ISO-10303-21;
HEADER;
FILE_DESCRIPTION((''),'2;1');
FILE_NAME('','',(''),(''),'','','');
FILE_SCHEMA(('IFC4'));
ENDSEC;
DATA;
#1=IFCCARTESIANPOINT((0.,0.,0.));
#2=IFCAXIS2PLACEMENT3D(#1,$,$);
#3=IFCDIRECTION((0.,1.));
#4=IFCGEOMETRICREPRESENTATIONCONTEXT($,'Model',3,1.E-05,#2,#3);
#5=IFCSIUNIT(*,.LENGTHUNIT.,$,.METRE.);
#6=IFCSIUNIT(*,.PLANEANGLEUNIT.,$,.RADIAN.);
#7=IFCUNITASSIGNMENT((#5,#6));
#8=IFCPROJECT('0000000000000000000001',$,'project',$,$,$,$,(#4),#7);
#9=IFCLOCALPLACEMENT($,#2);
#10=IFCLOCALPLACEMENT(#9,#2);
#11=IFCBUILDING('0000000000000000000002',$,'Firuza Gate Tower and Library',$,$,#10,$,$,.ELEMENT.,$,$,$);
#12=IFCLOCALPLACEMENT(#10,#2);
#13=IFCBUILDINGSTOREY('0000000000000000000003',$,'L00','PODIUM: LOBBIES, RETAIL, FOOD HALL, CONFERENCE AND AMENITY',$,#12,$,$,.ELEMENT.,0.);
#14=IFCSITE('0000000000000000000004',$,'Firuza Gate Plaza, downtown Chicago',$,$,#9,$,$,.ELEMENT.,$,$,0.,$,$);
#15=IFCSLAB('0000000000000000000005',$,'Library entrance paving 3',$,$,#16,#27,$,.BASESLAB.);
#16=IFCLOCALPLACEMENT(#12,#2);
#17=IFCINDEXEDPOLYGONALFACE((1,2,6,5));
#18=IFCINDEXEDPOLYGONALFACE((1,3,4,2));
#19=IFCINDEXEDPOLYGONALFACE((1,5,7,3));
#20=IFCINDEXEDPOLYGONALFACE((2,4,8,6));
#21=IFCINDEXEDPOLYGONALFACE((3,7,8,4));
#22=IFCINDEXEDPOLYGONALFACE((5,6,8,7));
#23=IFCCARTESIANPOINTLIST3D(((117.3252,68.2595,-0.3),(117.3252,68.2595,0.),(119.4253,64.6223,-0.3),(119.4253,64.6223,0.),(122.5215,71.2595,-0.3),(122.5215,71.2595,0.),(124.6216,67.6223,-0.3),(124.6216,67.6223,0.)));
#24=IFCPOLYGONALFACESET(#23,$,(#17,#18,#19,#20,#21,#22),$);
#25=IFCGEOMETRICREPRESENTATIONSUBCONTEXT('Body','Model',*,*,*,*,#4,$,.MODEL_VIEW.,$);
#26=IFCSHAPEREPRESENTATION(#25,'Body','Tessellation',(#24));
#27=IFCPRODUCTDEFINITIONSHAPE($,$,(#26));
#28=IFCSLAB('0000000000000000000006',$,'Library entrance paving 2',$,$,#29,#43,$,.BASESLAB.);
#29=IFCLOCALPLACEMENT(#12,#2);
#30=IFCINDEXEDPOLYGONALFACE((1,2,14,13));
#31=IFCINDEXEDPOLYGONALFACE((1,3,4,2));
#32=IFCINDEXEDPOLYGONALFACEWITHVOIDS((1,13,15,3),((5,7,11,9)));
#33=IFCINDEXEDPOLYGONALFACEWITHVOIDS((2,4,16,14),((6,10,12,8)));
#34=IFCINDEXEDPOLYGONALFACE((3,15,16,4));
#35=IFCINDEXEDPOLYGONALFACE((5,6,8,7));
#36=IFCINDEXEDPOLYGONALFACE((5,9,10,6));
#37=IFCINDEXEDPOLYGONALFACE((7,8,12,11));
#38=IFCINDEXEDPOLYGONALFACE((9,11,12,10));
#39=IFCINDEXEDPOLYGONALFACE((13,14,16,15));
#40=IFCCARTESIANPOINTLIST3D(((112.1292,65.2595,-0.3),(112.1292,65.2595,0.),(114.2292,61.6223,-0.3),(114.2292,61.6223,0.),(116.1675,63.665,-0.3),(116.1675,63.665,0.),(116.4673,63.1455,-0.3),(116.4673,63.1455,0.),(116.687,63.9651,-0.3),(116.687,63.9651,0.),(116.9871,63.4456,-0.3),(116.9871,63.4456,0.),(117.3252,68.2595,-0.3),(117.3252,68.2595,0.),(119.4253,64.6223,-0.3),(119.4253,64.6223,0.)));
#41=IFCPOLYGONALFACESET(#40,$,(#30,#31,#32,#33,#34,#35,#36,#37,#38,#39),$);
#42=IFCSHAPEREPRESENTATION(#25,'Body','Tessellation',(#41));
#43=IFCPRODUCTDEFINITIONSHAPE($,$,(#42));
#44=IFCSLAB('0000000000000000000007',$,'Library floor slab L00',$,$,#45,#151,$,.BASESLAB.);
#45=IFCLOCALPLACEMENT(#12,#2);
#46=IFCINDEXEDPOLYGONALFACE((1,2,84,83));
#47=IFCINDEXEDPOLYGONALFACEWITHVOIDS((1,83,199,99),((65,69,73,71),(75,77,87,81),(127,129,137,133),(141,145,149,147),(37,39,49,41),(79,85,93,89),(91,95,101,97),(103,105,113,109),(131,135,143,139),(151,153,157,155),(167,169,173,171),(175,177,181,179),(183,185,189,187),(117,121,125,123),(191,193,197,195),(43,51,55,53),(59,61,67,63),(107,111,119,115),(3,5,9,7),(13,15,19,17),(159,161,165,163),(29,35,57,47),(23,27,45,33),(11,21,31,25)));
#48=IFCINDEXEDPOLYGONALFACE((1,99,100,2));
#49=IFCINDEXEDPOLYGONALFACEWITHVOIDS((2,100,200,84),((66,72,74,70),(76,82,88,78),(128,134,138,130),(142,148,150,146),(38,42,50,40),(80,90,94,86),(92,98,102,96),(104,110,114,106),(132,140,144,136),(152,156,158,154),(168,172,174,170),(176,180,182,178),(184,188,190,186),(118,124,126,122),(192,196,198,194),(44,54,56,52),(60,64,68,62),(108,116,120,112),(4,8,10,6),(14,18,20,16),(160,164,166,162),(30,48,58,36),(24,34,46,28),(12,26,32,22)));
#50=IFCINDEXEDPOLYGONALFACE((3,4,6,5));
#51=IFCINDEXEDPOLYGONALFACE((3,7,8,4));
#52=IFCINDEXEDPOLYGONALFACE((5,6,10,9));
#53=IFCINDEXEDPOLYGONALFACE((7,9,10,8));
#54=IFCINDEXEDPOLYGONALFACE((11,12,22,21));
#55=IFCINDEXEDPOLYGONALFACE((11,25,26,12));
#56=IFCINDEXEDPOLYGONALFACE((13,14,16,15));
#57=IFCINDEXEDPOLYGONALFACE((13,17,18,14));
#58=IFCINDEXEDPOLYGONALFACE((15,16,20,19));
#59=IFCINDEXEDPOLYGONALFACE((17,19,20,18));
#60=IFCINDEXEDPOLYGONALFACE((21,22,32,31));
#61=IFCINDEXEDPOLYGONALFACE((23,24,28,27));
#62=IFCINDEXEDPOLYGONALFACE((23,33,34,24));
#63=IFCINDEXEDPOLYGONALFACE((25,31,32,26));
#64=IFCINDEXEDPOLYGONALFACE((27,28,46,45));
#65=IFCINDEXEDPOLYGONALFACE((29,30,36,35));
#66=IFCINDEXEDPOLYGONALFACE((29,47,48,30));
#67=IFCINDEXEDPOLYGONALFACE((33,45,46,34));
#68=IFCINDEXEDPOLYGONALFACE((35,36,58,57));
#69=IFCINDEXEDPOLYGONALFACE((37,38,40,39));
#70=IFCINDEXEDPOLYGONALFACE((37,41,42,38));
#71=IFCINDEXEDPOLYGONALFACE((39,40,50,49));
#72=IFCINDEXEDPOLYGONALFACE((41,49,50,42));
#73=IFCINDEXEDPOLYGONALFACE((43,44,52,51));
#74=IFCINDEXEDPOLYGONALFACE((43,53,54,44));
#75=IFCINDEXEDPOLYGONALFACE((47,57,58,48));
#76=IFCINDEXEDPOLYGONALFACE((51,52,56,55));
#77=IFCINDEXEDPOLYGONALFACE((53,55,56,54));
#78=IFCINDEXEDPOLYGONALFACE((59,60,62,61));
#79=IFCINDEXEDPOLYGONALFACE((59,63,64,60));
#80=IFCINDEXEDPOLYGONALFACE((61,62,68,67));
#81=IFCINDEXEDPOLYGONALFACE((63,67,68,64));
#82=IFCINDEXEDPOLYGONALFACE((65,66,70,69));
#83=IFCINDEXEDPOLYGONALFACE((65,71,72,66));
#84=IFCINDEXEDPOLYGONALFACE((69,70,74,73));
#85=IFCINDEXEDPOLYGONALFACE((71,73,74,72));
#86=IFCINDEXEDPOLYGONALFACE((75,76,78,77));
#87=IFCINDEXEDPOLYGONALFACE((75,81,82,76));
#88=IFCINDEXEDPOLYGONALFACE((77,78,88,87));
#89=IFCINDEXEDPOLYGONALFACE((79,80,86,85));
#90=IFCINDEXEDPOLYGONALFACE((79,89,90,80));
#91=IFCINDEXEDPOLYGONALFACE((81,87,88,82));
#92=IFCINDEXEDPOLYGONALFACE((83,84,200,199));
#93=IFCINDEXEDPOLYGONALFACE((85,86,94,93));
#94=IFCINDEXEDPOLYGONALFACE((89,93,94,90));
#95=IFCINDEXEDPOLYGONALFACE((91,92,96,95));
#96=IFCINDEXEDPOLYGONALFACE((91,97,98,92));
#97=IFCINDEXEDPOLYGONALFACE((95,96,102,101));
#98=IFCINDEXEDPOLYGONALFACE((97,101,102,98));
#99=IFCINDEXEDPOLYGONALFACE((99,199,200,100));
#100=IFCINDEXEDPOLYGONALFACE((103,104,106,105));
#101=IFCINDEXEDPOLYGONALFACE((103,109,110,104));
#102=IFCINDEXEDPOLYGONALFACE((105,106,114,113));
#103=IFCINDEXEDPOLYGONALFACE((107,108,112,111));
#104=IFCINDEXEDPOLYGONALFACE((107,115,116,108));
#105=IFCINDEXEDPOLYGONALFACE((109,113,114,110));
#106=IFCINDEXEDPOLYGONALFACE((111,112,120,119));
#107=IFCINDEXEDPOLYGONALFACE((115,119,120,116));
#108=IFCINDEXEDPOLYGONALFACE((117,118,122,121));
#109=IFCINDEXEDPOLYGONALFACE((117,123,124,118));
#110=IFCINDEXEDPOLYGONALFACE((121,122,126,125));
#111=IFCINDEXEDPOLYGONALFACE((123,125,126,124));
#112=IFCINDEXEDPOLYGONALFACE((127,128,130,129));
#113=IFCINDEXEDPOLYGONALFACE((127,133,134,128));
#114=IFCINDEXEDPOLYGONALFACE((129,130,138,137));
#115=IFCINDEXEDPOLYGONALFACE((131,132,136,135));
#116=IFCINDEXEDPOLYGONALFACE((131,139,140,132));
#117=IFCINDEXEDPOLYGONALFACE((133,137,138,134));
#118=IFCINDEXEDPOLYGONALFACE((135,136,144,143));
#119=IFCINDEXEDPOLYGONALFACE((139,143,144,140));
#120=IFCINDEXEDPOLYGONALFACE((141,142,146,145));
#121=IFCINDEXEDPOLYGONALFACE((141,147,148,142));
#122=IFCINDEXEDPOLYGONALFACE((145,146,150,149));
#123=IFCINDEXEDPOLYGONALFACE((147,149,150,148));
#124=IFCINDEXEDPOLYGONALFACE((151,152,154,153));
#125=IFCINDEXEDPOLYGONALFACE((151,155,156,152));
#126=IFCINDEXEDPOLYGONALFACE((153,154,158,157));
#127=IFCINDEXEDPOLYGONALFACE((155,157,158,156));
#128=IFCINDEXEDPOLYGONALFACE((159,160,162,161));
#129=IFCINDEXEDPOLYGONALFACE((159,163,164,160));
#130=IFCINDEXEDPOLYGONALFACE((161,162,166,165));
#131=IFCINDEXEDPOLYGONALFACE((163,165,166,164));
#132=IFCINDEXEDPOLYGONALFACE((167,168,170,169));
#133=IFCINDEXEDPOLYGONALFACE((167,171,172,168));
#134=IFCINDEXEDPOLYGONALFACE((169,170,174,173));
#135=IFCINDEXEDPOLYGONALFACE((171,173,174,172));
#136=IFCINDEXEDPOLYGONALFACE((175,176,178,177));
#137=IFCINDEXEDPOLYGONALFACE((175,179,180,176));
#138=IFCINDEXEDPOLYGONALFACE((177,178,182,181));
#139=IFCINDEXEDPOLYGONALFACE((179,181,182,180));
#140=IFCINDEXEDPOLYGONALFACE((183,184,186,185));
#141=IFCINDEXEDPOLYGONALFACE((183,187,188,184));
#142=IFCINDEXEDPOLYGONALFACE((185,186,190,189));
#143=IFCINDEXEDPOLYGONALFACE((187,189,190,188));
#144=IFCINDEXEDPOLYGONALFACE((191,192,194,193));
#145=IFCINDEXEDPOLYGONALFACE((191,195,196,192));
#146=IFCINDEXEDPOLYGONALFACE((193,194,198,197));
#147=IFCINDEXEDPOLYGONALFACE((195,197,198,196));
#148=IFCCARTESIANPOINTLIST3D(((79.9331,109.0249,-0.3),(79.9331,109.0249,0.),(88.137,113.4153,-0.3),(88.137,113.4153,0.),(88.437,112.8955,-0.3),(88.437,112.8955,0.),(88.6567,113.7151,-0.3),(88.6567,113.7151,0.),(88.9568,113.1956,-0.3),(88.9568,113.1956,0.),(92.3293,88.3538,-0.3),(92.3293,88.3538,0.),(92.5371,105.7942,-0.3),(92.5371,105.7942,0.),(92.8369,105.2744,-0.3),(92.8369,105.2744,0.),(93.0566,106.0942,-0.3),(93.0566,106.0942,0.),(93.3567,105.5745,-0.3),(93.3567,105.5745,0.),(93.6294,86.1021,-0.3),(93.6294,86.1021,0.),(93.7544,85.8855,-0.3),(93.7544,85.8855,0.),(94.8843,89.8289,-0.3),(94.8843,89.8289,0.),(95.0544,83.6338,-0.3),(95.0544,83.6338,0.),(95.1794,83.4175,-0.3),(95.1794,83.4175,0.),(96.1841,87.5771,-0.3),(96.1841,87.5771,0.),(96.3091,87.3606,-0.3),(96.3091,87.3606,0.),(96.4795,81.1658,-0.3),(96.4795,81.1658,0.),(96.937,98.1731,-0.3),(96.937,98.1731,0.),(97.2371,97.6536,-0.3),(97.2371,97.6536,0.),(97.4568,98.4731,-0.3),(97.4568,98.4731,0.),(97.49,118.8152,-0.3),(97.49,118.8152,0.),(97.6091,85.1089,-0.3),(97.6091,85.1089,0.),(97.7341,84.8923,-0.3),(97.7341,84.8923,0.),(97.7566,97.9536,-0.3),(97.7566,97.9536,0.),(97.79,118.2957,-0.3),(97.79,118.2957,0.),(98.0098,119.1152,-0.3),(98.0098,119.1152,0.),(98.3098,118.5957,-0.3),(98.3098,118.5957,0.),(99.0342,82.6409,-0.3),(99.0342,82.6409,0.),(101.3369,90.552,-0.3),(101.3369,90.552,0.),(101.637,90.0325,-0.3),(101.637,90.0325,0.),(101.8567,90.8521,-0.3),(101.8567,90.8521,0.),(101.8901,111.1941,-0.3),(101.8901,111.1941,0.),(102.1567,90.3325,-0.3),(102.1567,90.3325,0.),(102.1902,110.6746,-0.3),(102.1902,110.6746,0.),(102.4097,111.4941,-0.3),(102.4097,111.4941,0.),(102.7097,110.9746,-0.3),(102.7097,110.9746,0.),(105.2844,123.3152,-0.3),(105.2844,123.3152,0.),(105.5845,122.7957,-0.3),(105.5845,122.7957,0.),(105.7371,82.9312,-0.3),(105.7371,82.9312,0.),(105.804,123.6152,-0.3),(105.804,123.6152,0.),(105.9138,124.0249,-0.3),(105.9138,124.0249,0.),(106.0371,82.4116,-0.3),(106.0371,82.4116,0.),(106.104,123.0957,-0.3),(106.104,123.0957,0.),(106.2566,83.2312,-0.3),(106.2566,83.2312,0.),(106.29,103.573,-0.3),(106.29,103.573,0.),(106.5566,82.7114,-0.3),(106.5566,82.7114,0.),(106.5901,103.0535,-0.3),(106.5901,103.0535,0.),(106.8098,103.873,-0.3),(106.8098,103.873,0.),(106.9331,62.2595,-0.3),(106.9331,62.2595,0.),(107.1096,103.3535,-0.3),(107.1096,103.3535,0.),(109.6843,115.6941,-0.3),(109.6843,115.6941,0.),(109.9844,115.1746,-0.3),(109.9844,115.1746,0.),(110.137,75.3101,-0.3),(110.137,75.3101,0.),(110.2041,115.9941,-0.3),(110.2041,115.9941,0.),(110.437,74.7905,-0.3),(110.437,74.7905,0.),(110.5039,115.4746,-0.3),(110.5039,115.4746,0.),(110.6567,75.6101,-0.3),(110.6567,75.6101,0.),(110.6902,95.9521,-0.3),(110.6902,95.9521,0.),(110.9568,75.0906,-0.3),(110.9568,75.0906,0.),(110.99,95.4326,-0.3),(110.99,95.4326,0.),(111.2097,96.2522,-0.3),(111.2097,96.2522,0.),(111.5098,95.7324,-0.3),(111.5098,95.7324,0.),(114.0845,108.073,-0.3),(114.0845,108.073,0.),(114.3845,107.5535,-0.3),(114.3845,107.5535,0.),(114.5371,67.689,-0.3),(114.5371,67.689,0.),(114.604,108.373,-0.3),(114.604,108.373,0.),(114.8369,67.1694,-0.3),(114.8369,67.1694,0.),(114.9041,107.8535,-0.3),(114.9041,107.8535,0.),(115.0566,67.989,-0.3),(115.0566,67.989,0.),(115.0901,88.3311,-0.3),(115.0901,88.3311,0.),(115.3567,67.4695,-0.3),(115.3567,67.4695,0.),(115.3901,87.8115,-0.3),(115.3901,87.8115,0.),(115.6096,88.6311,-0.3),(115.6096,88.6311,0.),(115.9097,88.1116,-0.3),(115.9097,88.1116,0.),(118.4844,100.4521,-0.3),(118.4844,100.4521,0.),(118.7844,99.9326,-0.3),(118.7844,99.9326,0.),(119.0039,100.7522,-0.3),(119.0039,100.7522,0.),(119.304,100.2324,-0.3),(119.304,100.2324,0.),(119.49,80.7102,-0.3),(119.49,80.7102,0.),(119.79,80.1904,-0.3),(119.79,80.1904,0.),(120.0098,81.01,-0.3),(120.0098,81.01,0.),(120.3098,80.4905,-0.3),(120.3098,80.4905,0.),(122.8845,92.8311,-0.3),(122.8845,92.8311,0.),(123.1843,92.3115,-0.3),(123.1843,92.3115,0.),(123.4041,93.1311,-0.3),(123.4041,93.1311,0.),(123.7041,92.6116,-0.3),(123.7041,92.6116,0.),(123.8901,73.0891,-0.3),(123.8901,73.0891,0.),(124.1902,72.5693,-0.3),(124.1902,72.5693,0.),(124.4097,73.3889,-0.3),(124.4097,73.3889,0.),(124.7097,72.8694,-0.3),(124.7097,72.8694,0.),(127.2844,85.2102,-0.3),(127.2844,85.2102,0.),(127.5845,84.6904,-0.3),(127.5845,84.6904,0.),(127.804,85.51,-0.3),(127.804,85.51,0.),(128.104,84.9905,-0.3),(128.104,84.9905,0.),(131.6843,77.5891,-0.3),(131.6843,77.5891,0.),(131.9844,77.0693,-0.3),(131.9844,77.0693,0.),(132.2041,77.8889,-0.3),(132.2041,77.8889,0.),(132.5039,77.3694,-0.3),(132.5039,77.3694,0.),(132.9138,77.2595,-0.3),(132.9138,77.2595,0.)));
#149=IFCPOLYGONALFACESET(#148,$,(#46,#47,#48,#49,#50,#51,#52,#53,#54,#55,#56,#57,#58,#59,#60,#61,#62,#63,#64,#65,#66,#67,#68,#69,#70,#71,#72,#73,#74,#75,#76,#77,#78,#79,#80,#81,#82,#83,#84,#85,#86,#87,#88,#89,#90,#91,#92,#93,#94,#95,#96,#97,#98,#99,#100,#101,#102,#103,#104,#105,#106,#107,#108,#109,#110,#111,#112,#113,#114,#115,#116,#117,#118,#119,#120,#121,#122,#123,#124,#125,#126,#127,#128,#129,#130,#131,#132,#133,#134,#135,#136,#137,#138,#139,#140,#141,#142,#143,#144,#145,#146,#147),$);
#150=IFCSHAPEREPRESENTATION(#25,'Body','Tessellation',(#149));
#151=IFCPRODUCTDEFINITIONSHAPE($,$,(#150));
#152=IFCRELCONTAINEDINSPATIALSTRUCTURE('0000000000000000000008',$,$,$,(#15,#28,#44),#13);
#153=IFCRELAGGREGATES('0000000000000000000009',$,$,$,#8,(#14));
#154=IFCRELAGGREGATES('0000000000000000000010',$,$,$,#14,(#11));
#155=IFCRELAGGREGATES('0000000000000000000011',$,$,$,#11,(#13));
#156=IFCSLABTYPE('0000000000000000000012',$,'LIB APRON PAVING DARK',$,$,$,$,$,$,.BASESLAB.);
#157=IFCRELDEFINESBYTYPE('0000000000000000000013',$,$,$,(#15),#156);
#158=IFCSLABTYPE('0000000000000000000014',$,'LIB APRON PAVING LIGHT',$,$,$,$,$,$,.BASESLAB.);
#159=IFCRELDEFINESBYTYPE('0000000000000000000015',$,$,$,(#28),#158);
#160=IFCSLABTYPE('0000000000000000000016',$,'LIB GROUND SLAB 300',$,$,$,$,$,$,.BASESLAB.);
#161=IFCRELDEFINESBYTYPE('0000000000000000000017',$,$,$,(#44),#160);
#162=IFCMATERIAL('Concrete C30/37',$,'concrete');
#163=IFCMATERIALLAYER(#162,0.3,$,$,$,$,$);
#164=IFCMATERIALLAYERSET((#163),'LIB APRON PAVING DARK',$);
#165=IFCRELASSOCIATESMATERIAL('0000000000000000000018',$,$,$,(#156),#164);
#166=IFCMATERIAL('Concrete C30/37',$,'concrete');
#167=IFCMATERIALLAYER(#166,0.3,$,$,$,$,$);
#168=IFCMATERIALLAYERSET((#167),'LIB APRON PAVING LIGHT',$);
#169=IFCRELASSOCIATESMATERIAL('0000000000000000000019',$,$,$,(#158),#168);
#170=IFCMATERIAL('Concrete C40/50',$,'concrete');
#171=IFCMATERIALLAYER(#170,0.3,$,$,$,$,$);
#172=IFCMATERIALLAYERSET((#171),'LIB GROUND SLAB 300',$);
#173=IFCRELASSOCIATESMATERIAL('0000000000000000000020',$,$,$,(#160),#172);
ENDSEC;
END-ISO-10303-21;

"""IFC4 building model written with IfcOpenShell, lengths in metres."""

from ifc_helpers import new_model, si_unit, direction, frame, origin, place, context, subcontext, project, spatial, polyline, outline, extrude, material, layer, layer_set, type_object, element, save


model = new_model("IFC4")

# Units and contexts
model_context = context("Model", 3, precision=1e-05, world=origin(), true_north=direction((0.0, 1.0)))
body_context = subcontext(model_context, "Body", "Model", "MODEL_VIEW")
ifc_project = project(units=[si_unit("LENGTHUNIT", "METRE"), si_unit("PLANEANGLEUNIT", "RADIAN")], contexts=[model_context])

# Site, building, storey
site_placement = place(None, origin())
site = spatial("IfcSite", under=ifc_project, at=site_placement, Name="Firuza Gate Plaza, downtown Chicago", CompositionType="ELEMENT", RefElevation=0.0)
building_placement = place(site_placement, origin())
building = spatial("IfcBuilding", under=site, at=building_placement, Name="Firuza Gate Tower and Library", CompositionType="ELEMENT")
storey_placement = place(building_placement, origin())
storey = spatial("IfcBuildingStorey", under=building, at=storey_placement, Name="L00", Description="PODIUM: LOBBIES, RETAIL, FOOD HALL, CONFERENCE AND AMENITY", CompositionType="ELEMENT", Elevation=0.0)

# Slabs
placement_1 = place(storey_placement, frame((0.0, 0.0, -0.3)))
ifc_material_1 = material(Name="Concrete C30/37", Category="concrete")
ifc_layer_1 = layer(ifc_material_1, 0.3)
ifc_layer_set_1 = layer_set([ifc_layer_1], Name="LIB APRON PAVING DARK")
slab_type_1 = type_object("IfcSlabType", Name="LIB APRON PAVING DARK", PredefinedType="BASESLAB", material=ifc_layer_set_1)
element("IfcSlab", 1, at=placement_1, inside=storey, type_object=slab_type_1, Name="Library entrance paving 3", PredefinedType="BASESLAB", context=body_context, shape_type="SweptSolid", body=[
    extrude(outline(polyline([(124.6216, 67.6223), (122.5215, 71.2595), (117.3252, 68.2595), (119.4253, 64.6223), (124.6216, 67.6223)])), origin(), (0.0, 0.0, 1.0), 0.3),
])
ifc_material_2 = material(Name="Concrete C30/37", Category="concrete")
ifc_layer_2 = layer(ifc_material_2, 0.3)
ifc_layer_set_2 = layer_set([ifc_layer_2], Name="LIB APRON PAVING LIGHT")
slab_type_2 = type_object("IfcSlabType", Name="LIB APRON PAVING LIGHT", PredefinedType="BASESLAB", material=ifc_layer_set_2)
element("IfcSlab", 2, at=placement_1, inside=storey, type_object=slab_type_2, Name="Library entrance paving 2", PredefinedType="BASESLAB", context=body_context, shape_type="SweptSolid", body=[
    extrude(outline(polyline([(119.4253, 64.6223), (117.3252, 68.2595), (112.1292, 65.2595), (114.2292, 61.6223), (119.4253, 64.6223)]), holes=[polyline([(116.9871, 63.4456), (116.687, 63.9651), (116.1675, 63.665), (116.4673, 63.1455), (116.9871, 63.4456)])]), origin(), (0.0, 0.0, 1.0), 0.3),
])
ifc_material_3 = material(Name="Concrete C40/50", Category="concrete")
ifc_layer_3 = layer(ifc_material_3, 0.3)
ifc_layer_set_3 = layer_set([ifc_layer_3], Name="LIB GROUND SLAB 300")
slab_type_3 = type_object("IfcSlabType", Name="LIB GROUND SLAB 300", PredefinedType="BASESLAB", material=ifc_layer_set_3)
element("IfcSlab", 3, at=placement_1, inside=storey, type_object=slab_type_3, Name="Library floor slab L00", PredefinedType="BASESLAB", context=body_context, shape_type="SweptSolid", body=[
    extrude(outline(polyline([(106.9331, 62.2595), (132.9138, 77.2595), (105.9138, 124.0249), (79.9331, 109.0249), (106.9331, 62.2595)]), holes=[polyline([(95.1794, 83.4175), (96.4795, 81.1658), (99.0342, 82.6409), (97.7341, 84.8923), (95.1794, 83.4175)]), polyline([(95.0544, 83.6338), (97.6091, 85.1089), (96.3091, 87.3606), (93.7544, 85.8855), (95.0544, 83.6338)]), polyline([(114.8369, 67.1694), (115.3567, 67.4695), (115.0566, 67.989), (114.5371, 67.689), (114.8369, 67.1694)]), polyline([(110.137, 75.3101), (110.437, 74.7905), (110.9568, 75.0906), (110.6567, 75.6101), (110.137, 75.3101)]), polyline([(106.0371, 82.4116), (106.5566, 82.7114), (106.2566, 83.2312), (105.7371, 82.9312), (106.0371, 82.4116)]), polyline([(101.637, 90.0325), (102.1567, 90.3325), (101.8567, 90.8521), (101.3369, 90.552), (101.637, 90.0325)]), polyline([(123.8901, 73.0891), (124.1902, 72.5693), (124.7097, 72.8694), (124.4097, 73.3889), (123.8901, 73.0891)]), polyline([(119.79, 80.1904), (120.3098, 80.4905), (120.0098, 81.01), (119.49, 80.7102), (119.79, 80.1904)]), polyline([(115.3901, 87.8115), (115.9097, 88.1116), (115.6096, 88.6311), (115.0901, 88.3311), (115.3901, 87.8115)]), polyline([(131.6843, 77.5891), (131.9844, 77.0693), (132.5039, 77.3694), (132.2041, 77.8889), (131.6843, 77.5891)]), polyline([(127.5845, 84.6904), (128.104, 84.9905), (127.804, 85.51), (127.2844, 85.2102), (127.5845, 84.6904)]), polyline([(123.1843, 92.3115), (123.7041, 92.6116), (123.4041, 93.1311), (122.8845, 92.8311), (123.1843, 92.3115)]), polyline([(92.3293, 88.3538), (93.6294, 86.1021), (96.1841, 87.5771), (94.8843, 89.8289), (92.3293, 88.3538)]), polyline([(97.2371, 97.6536), (97.7566, 97.9536), (97.4568, 98.4731), (96.937, 98.1731), (97.2371, 97.6536)]), polyline([(92.8369, 105.2744), (93.3567, 105.5745), (93.0566, 106.0942), (92.5371, 105.7942), (92.8369, 105.2744)]), polyline([(88.137, 113.4153), (88.437, 112.8955), (88.9568, 113.1956), (88.6567, 113.7151), (88.137, 113.4153)]), polyline([(110.99, 95.4326), (111.5098, 95.7324), (111.2097, 96.2522), (110.6902, 95.9521), (110.99, 95.4326)]), polyline([(106.5901, 103.0535), (107.1096, 103.3535), (106.8098, 103.873), (106.29, 103.573), (106.5901, 103.0535)]), polyline([(101.8901, 111.1941), (102.1902, 110.6746), (102.7097, 110.9746), (102.4097, 111.4941), (101.8901, 111.1941)]), polyline([(97.79, 118.2957), (98.3098, 118.5957), (98.0098, 119.1152), (97.49, 118.8152), (97.79, 118.2957)]), polyline([(118.7844, 99.9326), (119.304, 100.2324), (119.0039, 100.7522), (118.4844, 100.4521), (118.7844, 99.9326)]), polyline([(114.0845, 108.073), (114.3845, 107.5535), (114.9041, 107.8535), (114.604, 108.373), (114.0845, 108.073)]), polyline([(109.9844, 115.1746), (110.5039, 115.4746), (110.2041, 115.9941), (109.6843, 115.6941), (109.9844, 115.1746)]), polyline([(105.5845, 122.7957), (106.104, 123.0957), (105.804, 123.6152), (105.2844, 123.3152), (105.5845, 122.7957)])]), origin(), (0.0, 0.0, 1.0), 0.3),
])

save(model, "model.ifc")
